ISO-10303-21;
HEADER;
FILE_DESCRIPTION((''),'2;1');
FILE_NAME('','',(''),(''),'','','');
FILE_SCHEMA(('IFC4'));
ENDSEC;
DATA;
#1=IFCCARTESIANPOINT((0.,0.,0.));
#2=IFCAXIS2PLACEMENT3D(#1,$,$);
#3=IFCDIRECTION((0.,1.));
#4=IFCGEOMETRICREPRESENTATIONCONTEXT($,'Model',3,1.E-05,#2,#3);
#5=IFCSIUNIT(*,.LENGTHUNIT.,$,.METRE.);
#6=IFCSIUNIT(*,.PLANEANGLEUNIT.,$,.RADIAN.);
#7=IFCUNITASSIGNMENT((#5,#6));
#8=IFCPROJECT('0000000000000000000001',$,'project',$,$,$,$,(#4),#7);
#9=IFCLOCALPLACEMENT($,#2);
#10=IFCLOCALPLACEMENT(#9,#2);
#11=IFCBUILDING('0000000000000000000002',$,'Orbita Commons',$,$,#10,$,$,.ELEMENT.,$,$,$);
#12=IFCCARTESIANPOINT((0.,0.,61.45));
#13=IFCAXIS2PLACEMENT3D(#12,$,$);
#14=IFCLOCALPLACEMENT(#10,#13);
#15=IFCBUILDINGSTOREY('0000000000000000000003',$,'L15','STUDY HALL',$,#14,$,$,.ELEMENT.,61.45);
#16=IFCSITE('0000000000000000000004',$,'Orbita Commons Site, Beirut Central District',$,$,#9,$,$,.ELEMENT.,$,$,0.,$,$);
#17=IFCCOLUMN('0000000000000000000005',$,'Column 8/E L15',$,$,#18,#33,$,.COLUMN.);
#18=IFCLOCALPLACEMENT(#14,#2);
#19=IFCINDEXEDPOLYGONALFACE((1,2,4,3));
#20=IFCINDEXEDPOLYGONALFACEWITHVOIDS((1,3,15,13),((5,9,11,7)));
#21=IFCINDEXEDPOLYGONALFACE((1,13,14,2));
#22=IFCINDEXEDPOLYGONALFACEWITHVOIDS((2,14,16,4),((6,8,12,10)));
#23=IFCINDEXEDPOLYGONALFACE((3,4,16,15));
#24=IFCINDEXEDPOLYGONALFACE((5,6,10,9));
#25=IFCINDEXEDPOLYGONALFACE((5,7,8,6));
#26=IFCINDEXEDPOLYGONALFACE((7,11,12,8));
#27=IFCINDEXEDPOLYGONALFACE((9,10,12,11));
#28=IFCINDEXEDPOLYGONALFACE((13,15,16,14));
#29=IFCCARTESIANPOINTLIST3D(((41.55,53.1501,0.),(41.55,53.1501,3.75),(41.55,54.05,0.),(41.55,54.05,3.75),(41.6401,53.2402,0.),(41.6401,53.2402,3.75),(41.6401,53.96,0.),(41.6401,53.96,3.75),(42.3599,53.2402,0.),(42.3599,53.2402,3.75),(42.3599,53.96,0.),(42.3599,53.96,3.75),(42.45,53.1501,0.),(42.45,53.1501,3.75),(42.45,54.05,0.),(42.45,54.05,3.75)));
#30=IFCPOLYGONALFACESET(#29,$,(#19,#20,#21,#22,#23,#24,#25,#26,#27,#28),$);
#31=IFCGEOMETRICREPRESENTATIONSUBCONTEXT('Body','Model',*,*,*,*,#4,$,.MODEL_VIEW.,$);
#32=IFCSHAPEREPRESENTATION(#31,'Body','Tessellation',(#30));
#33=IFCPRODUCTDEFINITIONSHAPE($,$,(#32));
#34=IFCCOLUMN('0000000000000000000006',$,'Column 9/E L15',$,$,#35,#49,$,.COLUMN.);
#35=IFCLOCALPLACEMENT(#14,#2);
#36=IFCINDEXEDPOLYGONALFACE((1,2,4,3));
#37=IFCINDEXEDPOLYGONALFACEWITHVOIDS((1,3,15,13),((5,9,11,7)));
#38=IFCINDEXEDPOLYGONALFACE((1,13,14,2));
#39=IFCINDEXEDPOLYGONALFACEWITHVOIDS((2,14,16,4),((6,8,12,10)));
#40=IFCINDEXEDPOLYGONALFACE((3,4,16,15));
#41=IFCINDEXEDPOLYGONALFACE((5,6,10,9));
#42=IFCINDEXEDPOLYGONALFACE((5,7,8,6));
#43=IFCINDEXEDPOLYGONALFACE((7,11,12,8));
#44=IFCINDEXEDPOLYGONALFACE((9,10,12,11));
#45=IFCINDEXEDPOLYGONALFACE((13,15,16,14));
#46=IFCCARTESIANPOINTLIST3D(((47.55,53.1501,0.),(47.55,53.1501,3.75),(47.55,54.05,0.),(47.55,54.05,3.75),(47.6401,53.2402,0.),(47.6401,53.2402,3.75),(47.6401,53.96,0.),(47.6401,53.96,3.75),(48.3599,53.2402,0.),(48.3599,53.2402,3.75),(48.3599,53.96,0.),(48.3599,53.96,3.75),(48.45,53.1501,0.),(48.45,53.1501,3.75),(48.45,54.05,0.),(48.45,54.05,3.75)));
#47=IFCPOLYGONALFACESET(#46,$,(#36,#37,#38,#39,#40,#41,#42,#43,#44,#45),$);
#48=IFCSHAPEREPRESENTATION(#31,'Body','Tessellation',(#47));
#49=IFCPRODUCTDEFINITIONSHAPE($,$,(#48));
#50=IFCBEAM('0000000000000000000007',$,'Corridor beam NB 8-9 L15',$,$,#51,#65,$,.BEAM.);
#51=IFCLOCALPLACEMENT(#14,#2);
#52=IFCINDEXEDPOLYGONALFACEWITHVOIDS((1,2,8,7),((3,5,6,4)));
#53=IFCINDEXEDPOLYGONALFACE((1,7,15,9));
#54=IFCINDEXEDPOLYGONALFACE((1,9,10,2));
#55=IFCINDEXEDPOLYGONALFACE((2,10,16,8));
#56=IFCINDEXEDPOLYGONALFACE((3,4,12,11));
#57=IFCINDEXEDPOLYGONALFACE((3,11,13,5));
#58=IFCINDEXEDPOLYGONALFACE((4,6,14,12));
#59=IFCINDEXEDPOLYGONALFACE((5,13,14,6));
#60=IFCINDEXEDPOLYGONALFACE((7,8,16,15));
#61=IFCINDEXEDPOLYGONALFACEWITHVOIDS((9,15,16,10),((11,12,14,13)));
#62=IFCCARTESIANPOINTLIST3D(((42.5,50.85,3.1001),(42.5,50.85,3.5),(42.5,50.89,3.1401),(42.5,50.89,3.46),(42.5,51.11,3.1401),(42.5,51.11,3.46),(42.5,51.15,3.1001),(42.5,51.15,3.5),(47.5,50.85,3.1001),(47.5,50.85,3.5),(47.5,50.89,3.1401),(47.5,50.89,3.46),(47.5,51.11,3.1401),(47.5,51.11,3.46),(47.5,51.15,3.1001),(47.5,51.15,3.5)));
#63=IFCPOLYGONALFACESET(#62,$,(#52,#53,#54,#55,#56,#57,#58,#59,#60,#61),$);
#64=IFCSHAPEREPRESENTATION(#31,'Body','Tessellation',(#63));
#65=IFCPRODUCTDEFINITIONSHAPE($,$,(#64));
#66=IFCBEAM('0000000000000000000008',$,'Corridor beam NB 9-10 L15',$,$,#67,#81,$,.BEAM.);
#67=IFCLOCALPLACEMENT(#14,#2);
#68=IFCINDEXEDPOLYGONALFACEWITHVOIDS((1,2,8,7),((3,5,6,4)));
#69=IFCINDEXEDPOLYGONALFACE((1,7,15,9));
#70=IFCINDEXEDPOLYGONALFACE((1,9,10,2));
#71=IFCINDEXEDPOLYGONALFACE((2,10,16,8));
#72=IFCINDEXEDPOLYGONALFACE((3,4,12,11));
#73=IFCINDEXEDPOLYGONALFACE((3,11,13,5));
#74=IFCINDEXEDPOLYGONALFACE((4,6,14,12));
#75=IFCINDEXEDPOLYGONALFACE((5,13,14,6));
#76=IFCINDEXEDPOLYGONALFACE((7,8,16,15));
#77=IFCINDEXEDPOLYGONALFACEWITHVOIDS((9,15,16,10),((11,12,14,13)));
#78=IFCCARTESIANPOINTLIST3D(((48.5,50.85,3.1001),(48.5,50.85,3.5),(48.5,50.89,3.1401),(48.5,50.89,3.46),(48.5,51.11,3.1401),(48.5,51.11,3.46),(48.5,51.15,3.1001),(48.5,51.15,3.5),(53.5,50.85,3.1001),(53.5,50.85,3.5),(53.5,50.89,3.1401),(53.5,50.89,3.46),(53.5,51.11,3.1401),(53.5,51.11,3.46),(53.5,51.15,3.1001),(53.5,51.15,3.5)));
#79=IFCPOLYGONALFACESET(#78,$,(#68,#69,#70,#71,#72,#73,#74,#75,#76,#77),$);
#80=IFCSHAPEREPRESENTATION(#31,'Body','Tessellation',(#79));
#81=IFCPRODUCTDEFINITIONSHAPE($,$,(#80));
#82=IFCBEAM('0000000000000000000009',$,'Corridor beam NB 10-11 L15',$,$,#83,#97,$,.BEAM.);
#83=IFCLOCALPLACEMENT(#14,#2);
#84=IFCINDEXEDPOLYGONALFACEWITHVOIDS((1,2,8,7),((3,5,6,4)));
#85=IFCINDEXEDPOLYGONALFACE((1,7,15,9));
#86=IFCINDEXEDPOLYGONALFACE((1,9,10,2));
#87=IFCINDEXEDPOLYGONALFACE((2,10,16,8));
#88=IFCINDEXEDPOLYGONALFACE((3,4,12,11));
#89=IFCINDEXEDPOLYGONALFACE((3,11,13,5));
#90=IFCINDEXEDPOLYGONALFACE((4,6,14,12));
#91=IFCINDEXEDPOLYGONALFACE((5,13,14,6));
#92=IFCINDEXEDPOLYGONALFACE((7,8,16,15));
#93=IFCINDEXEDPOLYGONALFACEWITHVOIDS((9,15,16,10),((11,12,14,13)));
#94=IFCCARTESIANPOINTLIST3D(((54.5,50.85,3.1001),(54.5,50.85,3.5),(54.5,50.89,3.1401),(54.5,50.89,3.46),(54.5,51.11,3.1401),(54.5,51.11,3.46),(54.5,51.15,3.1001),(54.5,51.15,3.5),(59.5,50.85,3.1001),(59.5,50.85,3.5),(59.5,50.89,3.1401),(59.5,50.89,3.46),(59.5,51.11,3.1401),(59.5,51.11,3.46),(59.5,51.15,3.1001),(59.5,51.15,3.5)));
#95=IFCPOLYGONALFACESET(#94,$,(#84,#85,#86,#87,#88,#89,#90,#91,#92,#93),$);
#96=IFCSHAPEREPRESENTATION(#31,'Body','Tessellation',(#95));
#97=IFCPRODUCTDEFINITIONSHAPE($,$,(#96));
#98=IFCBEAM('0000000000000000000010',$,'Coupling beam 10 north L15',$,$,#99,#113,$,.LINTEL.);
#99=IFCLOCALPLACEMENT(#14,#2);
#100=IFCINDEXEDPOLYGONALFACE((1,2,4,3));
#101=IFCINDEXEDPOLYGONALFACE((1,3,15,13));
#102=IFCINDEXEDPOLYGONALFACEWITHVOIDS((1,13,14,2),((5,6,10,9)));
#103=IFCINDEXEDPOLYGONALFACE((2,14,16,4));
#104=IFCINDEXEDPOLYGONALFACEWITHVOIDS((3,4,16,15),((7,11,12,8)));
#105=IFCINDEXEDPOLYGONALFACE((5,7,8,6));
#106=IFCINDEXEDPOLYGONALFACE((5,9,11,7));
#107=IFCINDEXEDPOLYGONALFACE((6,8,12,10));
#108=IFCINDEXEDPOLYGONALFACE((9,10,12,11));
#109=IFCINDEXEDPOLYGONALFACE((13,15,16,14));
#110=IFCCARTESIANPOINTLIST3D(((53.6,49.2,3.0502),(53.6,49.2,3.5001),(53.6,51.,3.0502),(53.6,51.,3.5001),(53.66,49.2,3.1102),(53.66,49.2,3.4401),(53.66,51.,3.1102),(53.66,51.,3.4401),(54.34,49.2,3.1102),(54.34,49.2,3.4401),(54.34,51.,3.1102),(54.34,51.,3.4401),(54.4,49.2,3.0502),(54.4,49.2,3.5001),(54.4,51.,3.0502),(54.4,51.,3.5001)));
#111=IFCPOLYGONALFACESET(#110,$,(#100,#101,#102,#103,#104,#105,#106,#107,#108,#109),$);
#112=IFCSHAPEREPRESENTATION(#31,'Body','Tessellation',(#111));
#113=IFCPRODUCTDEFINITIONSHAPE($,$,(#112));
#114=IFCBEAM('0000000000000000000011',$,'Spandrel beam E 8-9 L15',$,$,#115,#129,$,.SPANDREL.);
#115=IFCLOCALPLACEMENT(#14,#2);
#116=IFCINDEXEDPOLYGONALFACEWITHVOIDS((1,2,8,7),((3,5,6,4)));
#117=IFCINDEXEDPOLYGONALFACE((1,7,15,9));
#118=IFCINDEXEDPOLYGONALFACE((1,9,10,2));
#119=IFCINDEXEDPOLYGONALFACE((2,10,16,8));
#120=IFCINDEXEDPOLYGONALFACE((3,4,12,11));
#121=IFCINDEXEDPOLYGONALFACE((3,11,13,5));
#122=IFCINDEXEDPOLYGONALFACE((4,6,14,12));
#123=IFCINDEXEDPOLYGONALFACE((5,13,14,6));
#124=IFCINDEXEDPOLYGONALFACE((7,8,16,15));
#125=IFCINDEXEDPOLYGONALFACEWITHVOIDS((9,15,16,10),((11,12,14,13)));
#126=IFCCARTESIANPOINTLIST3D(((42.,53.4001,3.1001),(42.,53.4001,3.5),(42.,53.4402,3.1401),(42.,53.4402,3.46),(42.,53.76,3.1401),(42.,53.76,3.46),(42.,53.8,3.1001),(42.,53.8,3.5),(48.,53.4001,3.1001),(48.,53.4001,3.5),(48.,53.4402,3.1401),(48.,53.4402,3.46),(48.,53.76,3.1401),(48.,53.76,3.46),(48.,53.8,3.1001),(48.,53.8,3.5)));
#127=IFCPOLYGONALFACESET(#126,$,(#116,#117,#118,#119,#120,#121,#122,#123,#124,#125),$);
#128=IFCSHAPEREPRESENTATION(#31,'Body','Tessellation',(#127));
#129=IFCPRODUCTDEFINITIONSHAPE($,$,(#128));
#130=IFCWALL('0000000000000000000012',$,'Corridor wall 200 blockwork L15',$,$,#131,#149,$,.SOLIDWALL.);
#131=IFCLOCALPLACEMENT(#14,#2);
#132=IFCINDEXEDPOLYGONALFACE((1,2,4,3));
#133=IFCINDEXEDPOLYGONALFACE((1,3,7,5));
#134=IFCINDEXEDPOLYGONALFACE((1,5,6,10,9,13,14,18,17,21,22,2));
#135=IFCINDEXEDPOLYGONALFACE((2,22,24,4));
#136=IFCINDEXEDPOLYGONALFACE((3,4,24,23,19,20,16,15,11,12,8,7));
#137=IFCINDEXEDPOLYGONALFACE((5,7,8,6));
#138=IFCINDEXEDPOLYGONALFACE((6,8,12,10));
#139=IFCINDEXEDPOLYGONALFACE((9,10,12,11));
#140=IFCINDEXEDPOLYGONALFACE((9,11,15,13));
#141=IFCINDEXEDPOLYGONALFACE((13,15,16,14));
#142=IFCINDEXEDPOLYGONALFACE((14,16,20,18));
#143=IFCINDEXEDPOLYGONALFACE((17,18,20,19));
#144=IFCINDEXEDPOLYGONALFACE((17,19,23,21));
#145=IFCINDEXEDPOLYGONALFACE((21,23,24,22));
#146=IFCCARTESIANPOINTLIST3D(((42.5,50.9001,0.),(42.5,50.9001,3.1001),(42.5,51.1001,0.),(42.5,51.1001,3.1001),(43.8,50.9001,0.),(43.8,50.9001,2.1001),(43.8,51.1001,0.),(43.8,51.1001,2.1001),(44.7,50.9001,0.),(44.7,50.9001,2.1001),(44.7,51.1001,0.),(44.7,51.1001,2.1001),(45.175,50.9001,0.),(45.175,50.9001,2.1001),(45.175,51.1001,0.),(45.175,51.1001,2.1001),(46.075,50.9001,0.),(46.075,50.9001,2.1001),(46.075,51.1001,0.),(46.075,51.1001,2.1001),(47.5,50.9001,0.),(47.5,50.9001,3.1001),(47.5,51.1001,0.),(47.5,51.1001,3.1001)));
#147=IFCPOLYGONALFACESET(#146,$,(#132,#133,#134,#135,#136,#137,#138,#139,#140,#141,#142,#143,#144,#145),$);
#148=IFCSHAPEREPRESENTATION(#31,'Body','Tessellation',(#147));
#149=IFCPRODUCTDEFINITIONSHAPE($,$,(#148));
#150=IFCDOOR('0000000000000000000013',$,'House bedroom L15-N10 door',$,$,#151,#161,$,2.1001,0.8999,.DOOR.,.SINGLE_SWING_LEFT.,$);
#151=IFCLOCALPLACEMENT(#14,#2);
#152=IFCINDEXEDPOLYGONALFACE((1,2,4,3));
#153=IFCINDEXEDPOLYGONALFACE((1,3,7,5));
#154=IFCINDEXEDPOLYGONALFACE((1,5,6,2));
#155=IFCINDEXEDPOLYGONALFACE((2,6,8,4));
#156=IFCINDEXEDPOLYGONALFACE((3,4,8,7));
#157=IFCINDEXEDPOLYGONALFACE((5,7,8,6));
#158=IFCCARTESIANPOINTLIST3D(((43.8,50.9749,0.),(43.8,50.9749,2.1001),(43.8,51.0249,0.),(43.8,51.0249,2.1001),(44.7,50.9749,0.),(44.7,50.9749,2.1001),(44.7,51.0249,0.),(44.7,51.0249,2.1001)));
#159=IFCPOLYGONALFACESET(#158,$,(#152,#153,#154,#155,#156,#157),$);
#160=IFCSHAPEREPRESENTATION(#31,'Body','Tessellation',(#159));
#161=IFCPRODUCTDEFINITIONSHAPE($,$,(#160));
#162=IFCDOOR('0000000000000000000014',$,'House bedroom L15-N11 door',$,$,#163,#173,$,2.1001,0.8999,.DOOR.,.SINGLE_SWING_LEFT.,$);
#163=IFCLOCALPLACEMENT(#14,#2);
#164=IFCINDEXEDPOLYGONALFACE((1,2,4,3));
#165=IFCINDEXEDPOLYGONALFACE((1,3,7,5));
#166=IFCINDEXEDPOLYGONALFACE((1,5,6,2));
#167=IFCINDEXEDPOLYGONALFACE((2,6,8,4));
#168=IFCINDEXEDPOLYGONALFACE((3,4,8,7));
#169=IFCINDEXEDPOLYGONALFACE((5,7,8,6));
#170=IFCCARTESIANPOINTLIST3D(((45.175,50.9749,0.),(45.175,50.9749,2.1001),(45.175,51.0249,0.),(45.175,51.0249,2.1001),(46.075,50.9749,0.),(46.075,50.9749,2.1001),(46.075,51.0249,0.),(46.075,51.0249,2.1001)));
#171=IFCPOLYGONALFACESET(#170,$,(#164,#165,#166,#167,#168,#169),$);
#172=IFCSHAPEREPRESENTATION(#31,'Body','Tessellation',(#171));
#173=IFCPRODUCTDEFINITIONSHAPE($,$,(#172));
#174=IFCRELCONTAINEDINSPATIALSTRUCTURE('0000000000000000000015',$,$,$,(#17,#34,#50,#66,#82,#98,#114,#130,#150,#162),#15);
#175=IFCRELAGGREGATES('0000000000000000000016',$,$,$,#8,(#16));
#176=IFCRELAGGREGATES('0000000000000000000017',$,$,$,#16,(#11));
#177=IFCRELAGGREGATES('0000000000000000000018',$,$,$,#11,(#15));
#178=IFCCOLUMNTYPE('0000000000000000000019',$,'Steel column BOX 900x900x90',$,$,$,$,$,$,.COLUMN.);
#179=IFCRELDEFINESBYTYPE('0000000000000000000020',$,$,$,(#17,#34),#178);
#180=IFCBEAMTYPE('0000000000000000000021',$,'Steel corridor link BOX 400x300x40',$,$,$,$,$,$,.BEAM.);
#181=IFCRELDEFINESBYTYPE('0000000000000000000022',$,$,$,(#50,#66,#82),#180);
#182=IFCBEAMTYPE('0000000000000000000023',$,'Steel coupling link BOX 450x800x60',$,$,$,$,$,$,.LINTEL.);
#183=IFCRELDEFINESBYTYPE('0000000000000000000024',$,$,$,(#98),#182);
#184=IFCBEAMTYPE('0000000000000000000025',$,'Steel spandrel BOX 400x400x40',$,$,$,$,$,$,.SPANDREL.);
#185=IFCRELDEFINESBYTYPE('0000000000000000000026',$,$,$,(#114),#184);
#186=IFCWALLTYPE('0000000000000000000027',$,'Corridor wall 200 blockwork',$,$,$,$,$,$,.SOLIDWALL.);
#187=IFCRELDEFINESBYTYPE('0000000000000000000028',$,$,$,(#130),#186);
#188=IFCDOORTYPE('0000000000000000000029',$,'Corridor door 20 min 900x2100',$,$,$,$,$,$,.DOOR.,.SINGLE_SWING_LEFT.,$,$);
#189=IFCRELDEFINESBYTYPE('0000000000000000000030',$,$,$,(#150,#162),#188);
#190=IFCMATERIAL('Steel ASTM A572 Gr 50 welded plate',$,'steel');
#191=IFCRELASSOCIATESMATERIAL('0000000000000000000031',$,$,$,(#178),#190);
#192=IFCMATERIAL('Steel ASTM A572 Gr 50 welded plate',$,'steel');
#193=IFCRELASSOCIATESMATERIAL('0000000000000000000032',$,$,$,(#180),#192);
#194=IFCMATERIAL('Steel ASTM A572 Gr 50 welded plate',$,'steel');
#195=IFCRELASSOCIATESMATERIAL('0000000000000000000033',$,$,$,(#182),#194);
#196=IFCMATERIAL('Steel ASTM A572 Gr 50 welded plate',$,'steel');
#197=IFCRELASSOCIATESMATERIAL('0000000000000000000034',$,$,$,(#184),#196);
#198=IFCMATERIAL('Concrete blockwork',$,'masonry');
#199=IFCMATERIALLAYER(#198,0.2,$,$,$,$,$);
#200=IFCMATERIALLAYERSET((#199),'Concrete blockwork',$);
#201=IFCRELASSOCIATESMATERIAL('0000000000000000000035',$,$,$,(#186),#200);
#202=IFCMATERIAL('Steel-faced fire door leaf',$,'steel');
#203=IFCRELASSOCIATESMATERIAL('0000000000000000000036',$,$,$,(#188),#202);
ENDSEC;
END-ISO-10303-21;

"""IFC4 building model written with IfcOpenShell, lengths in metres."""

from ifc_helpers import new_model, si_unit, direction, frame, frame_2d, origin, origin_2d, place, context, subcontext, project, spatial, polyline, rectangle, hollow_rectangle, outline, extrude, material, layer, layer_set, material_profile, profile_set, type_object, element, fill, save


model = new_model("IFC4")

# Units and contexts
model_context = context("Model", 3, precision=1e-05, world=origin(), true_north=direction((0.0, 1.0)))
body_context = subcontext(model_context, "Body", "Model", "MODEL_VIEW")
ifc_project = project(units=[si_unit("LENGTHUNIT", "METRE"), si_unit("PLANEANGLEUNIT", "RADIAN")], contexts=[model_context])

# Site, building, storey
site_placement = place(None, origin())
site = spatial("IfcSite", under=ifc_project, at=site_placement, Name="Orbita Commons Site, Beirut Central District", CompositionType="ELEMENT", RefElevation=0.0)
building_placement = place(site_placement, origin())
building = spatial("IfcBuilding", under=site, at=building_placement, Name="Orbita Commons", CompositionType="ELEMENT")
storey_placement = place(building_placement, frame((0.0, 0.0, 61.45)))
storey = spatial("IfcBuildingStorey", under=building, at=storey_placement, Name="L15", Description="STUDY HALL", CompositionType="ELEMENT", Elevation=61.45)

# Columns
ifc_material_1 = material(Name="Steel ASTM A572 Gr 50 welded plate", Category="steel")
ifc_material_profile_1 = material_profile(ifc_material_1, hollow_rectangle(XDim=0.8999, YDim=0.8999, WallThickness=0.0901, at=origin_2d()), Name="BOX 900x900x90")
ifc_profile_set_1 = profile_set([ifc_material_profile_1], Name="Steel ASTM A572 Gr 50 welded plate")
column_type = type_object("IfcColumnType", Name="Steel column BOX 900x900x90", PredefinedType="COLUMN", material=ifc_profile_set_1)
for number, where, z_axis, x_axis, name in (
    (1, (42.0, 53.6001, 0.0), (0.0, 0.0, 1.0), (1.0, 0.0, 0.0), "Column 8/E L15"),
    (2, (48.0, 53.6001, 0.0), (0.0, 0.0, 1.0), (1.0, 0.0, 0.0), "Column 9/E L15"),
):
    element("IfcColumn", number, at=place(storey_placement, frame(where, z_axis=z_axis, x_axis=x_axis)), inside=storey, type_object=column_type, Name=name, PredefinedType="COLUMN", context=body_context, shape_type="SweptSolid", body=[
        extrude(hollow_rectangle(XDim=0.8999, YDim=0.8999, WallThickness=0.0901, at=origin_2d()), origin(), (0.0, 0.0, 1.0), 3.75),
    ])

# Beams
ifc_material_2 = material(Name="Steel ASTM A572 Gr 50 welded plate", Category="steel")
ifc_material_profile_2 = material_profile(ifc_material_2, hollow_rectangle(XDim=0.3, YDim=0.3999, WallThickness=0.04, at=origin_2d()), Name="BOX 400x300x40")
ifc_profile_set_2 = profile_set([ifc_material_profile_2], Name="Steel ASTM A572 Gr 50 welded plate")
beam_type_1 = type_object("IfcBeamType", Name="Steel corridor link BOX 400x300x40", PredefinedType="BEAM", material=ifc_profile_set_2)
for number, where, z_axis, x_axis, name in (
    (3, (42.5, 51.0, 3.3), (1.0, 0.0, 0.0), (0.0, 1.0, 0.0), "Corridor beam NB 8-9 L15"),
    (4, (48.5, 51.0, 3.3), (1.0, 0.0, 0.0), (0.0, 1.0, 0.0), "Corridor beam NB 9-10 L15"),
    (5, (54.5, 51.0, 3.3), (1.0, 0.0, 0.0), (0.0, 1.0, 0.0), "Corridor beam NB 10-11 L15"),
):
    element("IfcBeam", number, at=place(storey_placement, frame(where, z_axis=z_axis, x_axis=x_axis)), inside=storey, type_object=beam_type_1, Name=name, PredefinedType="BEAM", context=body_context, shape_type="SweptSolid", body=[
        extrude(hollow_rectangle(XDim=0.3, YDim=0.3999, WallThickness=0.04, at=origin_2d()), origin(), (0.0, 0.0, 1.0), 5.0),
    ])
ifc_material_3 = material(Name="Steel ASTM A572 Gr 50 welded plate", Category="steel")
ifc_material_profile_3 = material_profile(ifc_material_3, hollow_rectangle(XDim=0.8, YDim=0.45, WallThickness=0.0601, at=origin_2d()), Name="BOX 450x800x60")
ifc_profile_set_3 = profile_set([ifc_material_profile_3], Name="Steel ASTM A572 Gr 50 welded plate")
beam_type_2 = type_object("IfcBeamType", Name="Steel coupling link BOX 450x800x60", PredefinedType="LINTEL", material=ifc_profile_set_3)
beam_1_placement = place(storey_placement, frame((54.0, 49.2, 3.2751), z_axis=(0.0, 1.0, 0.0), x_axis=(-1.0, 0.0, 0.0)))
element("IfcBeam", 6, at=beam_1_placement, inside=storey, type_object=beam_type_2, Name="Coupling beam 10 north L15", PredefinedType="LINTEL", context=body_context, shape_type="SweptSolid", body=[
    extrude(hollow_rectangle(XDim=0.8, YDim=0.45, WallThickness=0.0601, at=origin_2d()), origin(), (0.0, 0.0, 1.0), 1.8),
])
ifc_material_4 = material(Name="Steel ASTM A572 Gr 50 welded plate", Category="steel")
ifc_material_profile_4 = material_profile(ifc_material_4, hollow_rectangle(XDim=0.3999, YDim=0.3999, WallThickness=0.04, at=origin_2d()), Name="BOX 400x400x40")
ifc_profile_set_4 = profile_set([ifc_material_profile_4], Name="Steel ASTM A572 Gr 50 welded plate")
beam_type_3 = type_object("IfcBeamType", Name="Steel spandrel BOX 400x400x40", PredefinedType="SPANDREL", material=ifc_profile_set_4)
beam_2_placement = place(storey_placement, frame((42.0, 53.6001, 3.3), z_axis=(1.0, 0.0, 0.0), x_axis=(0.0, 1.0, 0.0)))
element("IfcBeam", 7, at=beam_2_placement, inside=storey, type_object=beam_type_3, Name="Spandrel beam E 8-9 L15", PredefinedType="SPANDREL", context=body_context, shape_type="SweptSolid", body=[
    extrude(hollow_rectangle(XDim=0.3999, YDim=0.3999, WallThickness=0.04, at=origin_2d()), origin(), (0.0, 0.0, 1.0), 6.0),
])

# Wall, openings, doors
ifc_material_5 = material(Name="Concrete blockwork", Category="masonry")
ifc_layer_1 = layer(ifc_material_5, 0.2)
ifc_layer_set_1 = layer_set([ifc_layer_1], Name="Concrete blockwork")
wall_type_1 = type_object("IfcWallType", Name="Corridor wall 200 blockwork", PredefinedType="SOLIDWALL", material=ifc_layer_set_1)
wall_1_placement = place(storey_placement, frame((42.5, 51.0, 0.0), z_axis=(0.0, 0.0, 1.0), x_axis=(1.0, 0.0, 0.0)))
wall_1 = element("IfcWall", 8, at=wall_1_placement, inside=storey, type_object=wall_type_1, Name="Corridor wall 200 blockwork L15", PredefinedType="SOLIDWALL", context=body_context, shape_type="SweptSolid", body=[
    extrude(outline(polyline([(0.0, 0.0), (5.0, 0.0), (5.0, 3.1001), (0.0, 3.1001), (0.0, 0.0)])), frame((0.0, 0.1001, 0.0), z_axis=(0.0, -1.0, 0.0), x_axis=(1.0, 0.0, 0.0)), (0.0, 0.0, 1.0), 0.2),
])
opening_1_placement = place(wall_1_placement, frame((1.3, 0.0, 0.0)))
opening_1 = element("IfcOpeningElement", 9, at=opening_1_placement, cuts=wall_1, PredefinedType="OPENING", context=body_context, shape_type="SweptSolid", body=[
    extrude(rectangle(XDim=0.8999, YDim=2.1001, at=frame_2d((0.45, 1.05))), frame((0.0, 0.1099, 0.0), z_axis=(0.0, -1.0, 0.0), x_axis=(1.0, 0.0, 0.0)), (0.0, 0.0, 1.0), 0.22),
])
opening_2_placement = place(wall_1_placement, frame((2.675, 0.0, 0.0)))
opening_2 = element("IfcOpeningElement", 10, at=opening_2_placement, cuts=wall_1, PredefinedType="OPENING", context=body_context, shape_type="SweptSolid", body=[
    extrude(rectangle(XDim=0.8999, YDim=2.1001, at=frame_2d((0.45, 1.05))), frame((0.0, 0.1099, 0.0), z_axis=(0.0, -1.0, 0.0), x_axis=(1.0, 0.0, 0.0)), (0.0, 0.0, 1.0), 0.22),
])
ifc_material_6 = material(Name="Steel-faced fire door leaf", Category="steel")
door_type_1 = type_object("IfcDoorType", Name="Corridor door 20 min 900x2100", OperationType="SINGLE_SWING_LEFT", PredefinedType="DOOR", material=ifc_material_6)
door_1_placement = place(opening_1_placement, origin())
door_1 = element("IfcDoor", 11, at=door_1_placement, inside=storey, type_object=door_type_1, Name="House bedroom L15-N10 door", OperationType="SINGLE_SWING_LEFT", OverallHeight=2.1001, OverallWidth=0.8999, PredefinedType="DOOR", context=body_context, shape_type="SweptSolid", body=[
    extrude(rectangle(XDim=0.8999, YDim=2.1001, at=frame_2d((0.45, 1.05))), frame((0.0, 0.0249, 0.0), z_axis=(0.0, -1.0, 0.0), x_axis=(1.0, 0.0, 0.0)), (0.0, 0.0, 1.0), 0.05),
])
fill(opening_1, door_1)
door_2_placement = place(opening_2_placement, origin())
door_2 = element("IfcDoor", 12, at=door_2_placement, inside=storey, type_object=door_type_1, Name="House bedroom L15-N11 door", OperationType="SINGLE_SWING_LEFT", OverallHeight=2.1001, OverallWidth=0.8999, PredefinedType="DOOR", context=body_context, shape_type="SweptSolid", body=[
    extrude(rectangle(XDim=0.8999, YDim=2.1001, at=frame_2d((0.45, 1.05))), frame((0.0, 0.0249, 0.0), z_axis=(0.0, -1.0, 0.0), x_axis=(1.0, 0.0, 0.0)), (0.0, 0.0, 1.0), 0.05),
])
fill(opening_2, door_2)

save(model, "model.ifc")
